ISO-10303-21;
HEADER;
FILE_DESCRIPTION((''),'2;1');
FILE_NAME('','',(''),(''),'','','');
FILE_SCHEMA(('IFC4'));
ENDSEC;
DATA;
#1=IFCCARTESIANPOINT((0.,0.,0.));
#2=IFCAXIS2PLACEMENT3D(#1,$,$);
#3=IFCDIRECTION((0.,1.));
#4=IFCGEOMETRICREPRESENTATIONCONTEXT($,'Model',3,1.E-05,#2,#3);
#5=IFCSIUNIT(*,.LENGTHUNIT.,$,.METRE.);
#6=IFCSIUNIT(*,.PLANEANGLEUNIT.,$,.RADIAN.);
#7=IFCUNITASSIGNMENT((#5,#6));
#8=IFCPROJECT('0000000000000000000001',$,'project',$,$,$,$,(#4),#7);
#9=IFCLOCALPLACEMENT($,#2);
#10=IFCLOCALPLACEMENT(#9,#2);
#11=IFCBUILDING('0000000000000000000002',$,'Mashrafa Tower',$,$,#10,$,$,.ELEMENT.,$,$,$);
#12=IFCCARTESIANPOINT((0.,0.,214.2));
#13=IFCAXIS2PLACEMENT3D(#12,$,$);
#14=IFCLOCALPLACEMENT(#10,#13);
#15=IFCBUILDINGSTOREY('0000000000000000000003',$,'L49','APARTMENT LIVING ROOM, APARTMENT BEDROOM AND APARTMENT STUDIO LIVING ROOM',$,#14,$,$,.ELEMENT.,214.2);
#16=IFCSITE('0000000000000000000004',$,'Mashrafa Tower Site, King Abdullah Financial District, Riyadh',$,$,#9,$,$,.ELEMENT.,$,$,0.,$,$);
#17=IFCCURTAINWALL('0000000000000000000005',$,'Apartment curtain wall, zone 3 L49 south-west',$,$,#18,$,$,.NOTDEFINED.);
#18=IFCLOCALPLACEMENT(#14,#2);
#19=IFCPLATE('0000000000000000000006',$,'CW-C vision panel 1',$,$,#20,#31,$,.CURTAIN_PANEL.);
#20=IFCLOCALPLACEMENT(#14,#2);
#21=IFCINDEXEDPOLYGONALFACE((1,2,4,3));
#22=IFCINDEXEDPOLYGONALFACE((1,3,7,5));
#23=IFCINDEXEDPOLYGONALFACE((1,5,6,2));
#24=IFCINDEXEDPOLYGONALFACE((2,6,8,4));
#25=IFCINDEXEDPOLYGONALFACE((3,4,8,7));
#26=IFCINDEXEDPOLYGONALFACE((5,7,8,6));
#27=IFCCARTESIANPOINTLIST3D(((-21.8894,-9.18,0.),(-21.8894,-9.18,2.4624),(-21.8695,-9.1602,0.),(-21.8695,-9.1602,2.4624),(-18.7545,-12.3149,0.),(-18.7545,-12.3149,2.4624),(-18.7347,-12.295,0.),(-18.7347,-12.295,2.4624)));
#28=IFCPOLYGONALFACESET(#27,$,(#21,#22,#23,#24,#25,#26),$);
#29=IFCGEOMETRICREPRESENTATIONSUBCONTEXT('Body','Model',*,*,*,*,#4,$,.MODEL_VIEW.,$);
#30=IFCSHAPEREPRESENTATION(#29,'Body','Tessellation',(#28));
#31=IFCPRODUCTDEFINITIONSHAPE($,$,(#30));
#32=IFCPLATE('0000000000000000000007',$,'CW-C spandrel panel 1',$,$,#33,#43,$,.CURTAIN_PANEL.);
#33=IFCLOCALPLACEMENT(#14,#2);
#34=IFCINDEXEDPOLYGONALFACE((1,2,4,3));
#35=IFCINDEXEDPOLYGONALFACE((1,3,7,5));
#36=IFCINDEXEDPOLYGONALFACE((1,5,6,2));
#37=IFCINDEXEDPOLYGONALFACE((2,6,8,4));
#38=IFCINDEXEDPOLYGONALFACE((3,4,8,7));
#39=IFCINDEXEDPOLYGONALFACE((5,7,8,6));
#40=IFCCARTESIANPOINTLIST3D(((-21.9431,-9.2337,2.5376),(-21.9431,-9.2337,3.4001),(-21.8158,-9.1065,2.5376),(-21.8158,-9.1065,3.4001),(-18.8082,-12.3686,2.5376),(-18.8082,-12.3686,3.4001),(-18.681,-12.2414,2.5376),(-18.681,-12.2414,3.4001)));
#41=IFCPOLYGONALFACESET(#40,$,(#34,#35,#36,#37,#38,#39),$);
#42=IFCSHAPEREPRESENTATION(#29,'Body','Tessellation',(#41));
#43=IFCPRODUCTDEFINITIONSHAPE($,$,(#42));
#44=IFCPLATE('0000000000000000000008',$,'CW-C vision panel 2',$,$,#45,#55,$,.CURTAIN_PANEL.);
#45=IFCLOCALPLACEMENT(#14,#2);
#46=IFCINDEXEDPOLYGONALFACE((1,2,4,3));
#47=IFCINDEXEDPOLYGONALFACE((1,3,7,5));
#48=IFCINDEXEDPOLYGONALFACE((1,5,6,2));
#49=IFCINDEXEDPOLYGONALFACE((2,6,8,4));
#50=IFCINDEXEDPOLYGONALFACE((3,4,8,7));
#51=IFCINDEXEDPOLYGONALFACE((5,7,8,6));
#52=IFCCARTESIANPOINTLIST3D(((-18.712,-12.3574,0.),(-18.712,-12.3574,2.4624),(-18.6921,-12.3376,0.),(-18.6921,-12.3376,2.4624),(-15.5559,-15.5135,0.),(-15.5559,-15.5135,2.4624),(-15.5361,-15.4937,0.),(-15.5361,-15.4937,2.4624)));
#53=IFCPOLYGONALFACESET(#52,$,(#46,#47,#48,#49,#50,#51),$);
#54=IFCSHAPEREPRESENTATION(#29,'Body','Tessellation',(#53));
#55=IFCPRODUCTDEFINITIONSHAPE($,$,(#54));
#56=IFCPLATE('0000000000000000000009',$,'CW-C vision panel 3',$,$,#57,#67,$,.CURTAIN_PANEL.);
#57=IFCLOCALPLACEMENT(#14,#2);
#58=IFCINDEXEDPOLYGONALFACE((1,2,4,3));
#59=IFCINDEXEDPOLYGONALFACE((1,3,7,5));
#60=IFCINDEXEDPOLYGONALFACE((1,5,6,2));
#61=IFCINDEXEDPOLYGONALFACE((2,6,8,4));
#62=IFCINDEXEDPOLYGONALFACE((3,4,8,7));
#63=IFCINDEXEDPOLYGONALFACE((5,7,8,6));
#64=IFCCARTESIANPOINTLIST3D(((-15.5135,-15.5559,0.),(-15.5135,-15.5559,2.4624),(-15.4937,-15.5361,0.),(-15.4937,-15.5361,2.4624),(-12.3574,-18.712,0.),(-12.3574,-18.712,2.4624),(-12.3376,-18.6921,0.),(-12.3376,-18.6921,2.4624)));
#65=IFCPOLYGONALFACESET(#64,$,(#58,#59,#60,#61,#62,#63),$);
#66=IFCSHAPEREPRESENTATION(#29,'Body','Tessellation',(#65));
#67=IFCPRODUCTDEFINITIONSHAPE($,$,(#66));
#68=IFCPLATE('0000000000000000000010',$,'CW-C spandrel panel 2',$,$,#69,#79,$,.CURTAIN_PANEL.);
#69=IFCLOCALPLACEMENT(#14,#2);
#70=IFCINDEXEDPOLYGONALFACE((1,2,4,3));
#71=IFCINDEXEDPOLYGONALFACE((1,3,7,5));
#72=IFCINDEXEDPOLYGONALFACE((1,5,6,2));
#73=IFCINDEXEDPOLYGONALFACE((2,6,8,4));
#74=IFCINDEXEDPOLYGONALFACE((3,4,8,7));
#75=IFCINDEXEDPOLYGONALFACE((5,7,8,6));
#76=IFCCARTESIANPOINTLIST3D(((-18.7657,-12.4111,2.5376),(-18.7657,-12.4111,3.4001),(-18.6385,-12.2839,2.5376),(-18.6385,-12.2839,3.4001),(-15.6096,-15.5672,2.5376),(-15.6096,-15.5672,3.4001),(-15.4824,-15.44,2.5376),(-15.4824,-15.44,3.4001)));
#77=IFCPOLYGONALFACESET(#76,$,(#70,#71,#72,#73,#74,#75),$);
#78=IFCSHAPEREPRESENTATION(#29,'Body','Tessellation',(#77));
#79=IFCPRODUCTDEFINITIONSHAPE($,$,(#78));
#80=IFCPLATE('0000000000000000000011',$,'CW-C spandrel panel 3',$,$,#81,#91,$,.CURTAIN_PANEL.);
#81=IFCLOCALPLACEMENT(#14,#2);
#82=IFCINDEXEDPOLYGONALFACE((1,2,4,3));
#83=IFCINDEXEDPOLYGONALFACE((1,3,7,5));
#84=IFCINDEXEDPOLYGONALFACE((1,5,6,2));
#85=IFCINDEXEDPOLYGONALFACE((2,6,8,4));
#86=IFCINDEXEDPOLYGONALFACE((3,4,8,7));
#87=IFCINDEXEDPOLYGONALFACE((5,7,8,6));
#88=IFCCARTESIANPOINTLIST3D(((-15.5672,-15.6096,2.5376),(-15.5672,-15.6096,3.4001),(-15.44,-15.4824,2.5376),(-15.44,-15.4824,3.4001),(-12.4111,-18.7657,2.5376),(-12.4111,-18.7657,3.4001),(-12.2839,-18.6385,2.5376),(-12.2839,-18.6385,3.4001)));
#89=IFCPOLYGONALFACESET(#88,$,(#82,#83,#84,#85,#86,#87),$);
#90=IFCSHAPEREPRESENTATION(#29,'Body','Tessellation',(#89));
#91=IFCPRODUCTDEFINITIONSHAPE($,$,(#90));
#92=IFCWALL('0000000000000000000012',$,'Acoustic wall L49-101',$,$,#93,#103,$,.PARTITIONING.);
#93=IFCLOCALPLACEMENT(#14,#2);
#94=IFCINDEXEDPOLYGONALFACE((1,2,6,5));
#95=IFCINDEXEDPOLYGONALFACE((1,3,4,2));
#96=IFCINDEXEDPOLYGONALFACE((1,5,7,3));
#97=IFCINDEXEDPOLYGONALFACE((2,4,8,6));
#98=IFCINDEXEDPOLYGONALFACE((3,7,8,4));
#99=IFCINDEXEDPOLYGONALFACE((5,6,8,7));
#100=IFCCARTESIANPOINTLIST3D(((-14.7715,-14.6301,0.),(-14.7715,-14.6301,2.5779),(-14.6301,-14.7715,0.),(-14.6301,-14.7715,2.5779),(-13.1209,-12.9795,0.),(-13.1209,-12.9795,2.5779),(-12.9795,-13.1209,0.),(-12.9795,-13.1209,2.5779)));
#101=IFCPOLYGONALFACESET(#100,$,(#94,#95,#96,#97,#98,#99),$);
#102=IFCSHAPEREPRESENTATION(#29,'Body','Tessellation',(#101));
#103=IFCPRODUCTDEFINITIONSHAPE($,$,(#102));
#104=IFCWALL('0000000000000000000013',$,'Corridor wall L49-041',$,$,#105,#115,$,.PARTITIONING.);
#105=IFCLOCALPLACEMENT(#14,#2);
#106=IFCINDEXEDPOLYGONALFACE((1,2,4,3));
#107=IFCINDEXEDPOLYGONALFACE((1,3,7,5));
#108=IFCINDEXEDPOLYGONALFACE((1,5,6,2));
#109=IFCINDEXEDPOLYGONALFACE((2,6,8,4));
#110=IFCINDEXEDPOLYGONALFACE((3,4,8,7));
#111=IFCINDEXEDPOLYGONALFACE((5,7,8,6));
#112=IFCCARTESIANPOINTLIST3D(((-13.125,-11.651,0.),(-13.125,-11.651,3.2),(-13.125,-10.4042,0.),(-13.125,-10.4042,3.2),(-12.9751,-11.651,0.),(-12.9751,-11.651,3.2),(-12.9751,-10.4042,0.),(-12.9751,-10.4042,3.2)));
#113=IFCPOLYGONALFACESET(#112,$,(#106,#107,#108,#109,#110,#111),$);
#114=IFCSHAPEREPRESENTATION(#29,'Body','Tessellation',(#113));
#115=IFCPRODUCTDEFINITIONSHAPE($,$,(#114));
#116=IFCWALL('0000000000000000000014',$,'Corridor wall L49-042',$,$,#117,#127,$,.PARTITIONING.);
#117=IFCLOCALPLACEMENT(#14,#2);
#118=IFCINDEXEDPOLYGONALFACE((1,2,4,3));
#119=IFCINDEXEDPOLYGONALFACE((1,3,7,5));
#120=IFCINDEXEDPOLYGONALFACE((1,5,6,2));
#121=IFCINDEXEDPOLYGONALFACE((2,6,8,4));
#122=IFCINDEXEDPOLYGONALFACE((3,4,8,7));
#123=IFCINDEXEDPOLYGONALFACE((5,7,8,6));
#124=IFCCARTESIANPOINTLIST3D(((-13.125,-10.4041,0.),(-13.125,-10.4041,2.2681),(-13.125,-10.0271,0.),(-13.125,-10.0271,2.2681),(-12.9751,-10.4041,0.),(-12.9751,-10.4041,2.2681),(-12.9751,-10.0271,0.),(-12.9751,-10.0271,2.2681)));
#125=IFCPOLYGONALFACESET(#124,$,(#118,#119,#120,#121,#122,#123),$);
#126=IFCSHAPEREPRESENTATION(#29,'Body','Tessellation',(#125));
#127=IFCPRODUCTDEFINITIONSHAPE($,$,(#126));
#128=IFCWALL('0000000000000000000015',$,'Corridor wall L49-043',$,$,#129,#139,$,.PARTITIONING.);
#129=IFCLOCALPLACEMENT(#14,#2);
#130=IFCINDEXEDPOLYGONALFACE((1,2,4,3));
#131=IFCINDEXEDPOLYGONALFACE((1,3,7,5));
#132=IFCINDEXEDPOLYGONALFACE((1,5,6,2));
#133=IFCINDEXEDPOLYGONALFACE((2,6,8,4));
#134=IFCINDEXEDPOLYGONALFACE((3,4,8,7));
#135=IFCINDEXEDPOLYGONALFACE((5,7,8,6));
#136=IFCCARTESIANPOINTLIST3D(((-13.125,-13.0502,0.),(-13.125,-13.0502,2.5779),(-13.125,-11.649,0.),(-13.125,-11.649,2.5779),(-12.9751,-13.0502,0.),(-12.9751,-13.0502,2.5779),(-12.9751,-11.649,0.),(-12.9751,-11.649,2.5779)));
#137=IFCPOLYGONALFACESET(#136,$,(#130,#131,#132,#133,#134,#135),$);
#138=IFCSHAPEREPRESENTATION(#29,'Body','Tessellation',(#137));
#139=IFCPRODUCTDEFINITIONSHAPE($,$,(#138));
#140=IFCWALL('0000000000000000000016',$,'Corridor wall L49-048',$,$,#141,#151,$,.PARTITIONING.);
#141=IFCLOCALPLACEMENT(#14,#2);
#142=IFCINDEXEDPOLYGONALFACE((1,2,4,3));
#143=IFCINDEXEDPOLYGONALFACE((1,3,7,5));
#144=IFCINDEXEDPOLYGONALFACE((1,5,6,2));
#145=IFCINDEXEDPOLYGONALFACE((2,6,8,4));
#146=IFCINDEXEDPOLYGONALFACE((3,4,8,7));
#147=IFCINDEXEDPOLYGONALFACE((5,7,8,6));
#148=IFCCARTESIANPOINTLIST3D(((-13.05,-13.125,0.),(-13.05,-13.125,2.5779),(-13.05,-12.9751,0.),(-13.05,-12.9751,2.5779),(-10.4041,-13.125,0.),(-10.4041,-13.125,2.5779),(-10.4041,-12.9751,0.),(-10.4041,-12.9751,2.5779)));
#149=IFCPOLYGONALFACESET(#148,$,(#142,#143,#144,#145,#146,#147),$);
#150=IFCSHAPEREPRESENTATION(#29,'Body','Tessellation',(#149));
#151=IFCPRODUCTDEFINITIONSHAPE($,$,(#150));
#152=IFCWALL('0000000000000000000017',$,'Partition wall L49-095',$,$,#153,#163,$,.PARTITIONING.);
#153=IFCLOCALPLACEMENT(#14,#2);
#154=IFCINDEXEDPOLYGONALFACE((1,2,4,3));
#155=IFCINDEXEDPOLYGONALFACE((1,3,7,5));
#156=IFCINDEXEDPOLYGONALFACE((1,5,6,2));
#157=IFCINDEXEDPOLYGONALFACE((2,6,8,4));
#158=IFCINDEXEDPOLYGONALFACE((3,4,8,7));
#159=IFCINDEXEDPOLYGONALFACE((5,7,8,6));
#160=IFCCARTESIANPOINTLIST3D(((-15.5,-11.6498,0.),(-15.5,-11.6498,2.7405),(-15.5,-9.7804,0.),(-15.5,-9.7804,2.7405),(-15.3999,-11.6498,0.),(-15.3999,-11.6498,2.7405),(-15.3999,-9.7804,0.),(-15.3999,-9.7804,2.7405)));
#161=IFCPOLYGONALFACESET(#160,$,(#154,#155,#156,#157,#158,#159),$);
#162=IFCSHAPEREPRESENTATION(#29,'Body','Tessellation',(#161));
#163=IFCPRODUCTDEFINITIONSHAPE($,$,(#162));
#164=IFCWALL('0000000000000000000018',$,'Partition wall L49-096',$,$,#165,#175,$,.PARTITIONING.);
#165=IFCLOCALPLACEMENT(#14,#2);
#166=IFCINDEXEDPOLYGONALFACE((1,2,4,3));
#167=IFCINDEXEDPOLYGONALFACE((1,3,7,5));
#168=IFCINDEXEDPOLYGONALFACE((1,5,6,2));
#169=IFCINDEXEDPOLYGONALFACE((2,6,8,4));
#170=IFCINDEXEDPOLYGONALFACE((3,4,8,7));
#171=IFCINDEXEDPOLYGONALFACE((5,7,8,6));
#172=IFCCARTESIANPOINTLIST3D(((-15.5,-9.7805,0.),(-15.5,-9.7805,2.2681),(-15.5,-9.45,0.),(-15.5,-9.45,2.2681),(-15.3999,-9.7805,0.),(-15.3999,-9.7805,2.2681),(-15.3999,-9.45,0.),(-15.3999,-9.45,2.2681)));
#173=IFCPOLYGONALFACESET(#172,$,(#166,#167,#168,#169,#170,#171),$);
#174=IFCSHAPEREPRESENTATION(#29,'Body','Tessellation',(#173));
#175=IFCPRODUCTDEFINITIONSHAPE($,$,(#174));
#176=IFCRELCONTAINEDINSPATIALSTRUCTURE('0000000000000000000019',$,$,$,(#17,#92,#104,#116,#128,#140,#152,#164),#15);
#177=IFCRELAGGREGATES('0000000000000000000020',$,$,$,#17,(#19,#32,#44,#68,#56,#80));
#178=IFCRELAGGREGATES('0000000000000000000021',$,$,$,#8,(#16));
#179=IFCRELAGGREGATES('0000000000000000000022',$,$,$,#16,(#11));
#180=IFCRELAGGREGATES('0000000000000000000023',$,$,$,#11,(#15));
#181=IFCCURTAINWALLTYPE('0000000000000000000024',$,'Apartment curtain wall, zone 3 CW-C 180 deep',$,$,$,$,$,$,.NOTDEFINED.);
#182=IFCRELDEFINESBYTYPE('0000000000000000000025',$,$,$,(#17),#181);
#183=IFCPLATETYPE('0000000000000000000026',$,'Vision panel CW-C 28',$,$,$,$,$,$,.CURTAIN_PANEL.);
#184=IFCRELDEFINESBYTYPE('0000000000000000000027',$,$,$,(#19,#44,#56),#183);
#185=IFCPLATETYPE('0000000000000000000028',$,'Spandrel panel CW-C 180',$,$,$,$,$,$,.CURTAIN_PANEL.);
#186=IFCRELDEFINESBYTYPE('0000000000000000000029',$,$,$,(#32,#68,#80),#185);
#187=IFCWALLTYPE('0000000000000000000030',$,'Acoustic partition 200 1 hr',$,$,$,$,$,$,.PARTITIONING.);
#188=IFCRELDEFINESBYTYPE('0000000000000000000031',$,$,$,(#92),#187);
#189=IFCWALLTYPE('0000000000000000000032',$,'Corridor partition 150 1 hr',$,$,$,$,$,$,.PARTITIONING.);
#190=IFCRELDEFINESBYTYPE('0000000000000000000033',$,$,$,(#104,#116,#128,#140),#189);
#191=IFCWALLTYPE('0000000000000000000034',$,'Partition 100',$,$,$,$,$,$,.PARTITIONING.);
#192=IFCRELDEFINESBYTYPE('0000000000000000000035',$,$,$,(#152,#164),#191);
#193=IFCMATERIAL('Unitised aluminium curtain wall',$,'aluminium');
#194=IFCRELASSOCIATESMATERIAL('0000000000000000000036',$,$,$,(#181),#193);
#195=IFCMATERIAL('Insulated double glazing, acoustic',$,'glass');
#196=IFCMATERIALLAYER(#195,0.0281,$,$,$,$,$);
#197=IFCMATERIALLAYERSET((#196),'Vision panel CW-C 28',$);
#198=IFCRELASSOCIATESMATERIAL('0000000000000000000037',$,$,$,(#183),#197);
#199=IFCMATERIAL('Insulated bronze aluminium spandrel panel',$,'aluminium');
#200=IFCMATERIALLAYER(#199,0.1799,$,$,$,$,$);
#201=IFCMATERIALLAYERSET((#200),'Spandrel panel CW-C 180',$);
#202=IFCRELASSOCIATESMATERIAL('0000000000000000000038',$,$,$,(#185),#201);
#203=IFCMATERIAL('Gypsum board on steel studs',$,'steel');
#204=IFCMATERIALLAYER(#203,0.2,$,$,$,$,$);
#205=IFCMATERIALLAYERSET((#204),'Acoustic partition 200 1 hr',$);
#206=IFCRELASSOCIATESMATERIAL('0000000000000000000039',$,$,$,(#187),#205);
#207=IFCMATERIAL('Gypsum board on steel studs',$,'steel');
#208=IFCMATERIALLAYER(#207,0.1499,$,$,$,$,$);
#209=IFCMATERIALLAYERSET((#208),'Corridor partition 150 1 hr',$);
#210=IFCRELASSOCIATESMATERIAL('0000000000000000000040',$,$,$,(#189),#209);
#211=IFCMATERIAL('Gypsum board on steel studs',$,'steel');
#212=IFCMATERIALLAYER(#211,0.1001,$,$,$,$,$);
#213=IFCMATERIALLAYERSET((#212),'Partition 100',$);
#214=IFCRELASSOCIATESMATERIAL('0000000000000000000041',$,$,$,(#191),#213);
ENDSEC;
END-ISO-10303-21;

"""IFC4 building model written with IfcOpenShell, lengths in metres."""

from ifc_helpers import new_model, si_unit, direction, frame, frame_2d, origin, origin_2d, place, context, subcontext, project, spatial, rectangle, extrude, source, transform, mapped, material, layer, layer_set, type_object, type_shapes, element, aggregate, save


model = new_model("IFC4")

# Units and contexts
model_context = context("Model", 3, precision=1e-05, world=origin(), true_north=direction((0.0, 1.0)))
body_context = subcontext(model_context, "Body", "Model", "MODEL_VIEW")
ifc_project = project(units=[si_unit("LENGTHUNIT", "METRE"), si_unit("PLANEANGLEUNIT", "RADIAN")], contexts=[model_context])

# Site, building, storey
site_placement = place(None, origin())
site = spatial("IfcSite", under=ifc_project, at=site_placement, Name="Mashrafa Tower Site, King Abdullah Financial District, Riyadh", CompositionType="ELEMENT", RefElevation=0.0)
building_placement = place(site_placement, origin())
building = spatial("IfcBuilding", under=site, at=building_placement, Name="Mashrafa Tower", CompositionType="ELEMENT")
storey_placement = place(building_placement, frame((0.0, 0.0, 214.2)))
storey = spatial("IfcBuildingStorey", under=building, at=storey_placement, Name="L49", Description="APARTMENT LIVING ROOM, APARTMENT BEDROOM AND APARTMENT STUDIO LIVING ROOM", CompositionType="ELEMENT", Elevation=214.2)

# Curtain wall, plates
ifc_material_1 = material(Name="Unitised aluminium curtain wall", Category="aluminium")
curtain_wall_type = type_object("IfcCurtainWallType", Name="Apartment curtain wall, zone 3 CW-C 180 deep", PredefinedType="NOTDEFINED", material=ifc_material_1)
curtain_wall_placement = place(storey_placement, origin())
curtain_wall = element("IfcCurtainWall", 1, at=curtain_wall_placement, inside=storey, type_object=curtain_wall_type, Name="Apartment curtain wall, zone 3 L49 south-west", PredefinedType="NOTDEFINED")
ifc_material_2 = material(Name="Insulated double glazing, acoustic", Category="glass")
ifc_layer_1 = layer(ifc_material_2, 0.0281)
ifc_layer_set_1 = layer_set([ifc_layer_1], Name="Vision panel CW-C 28")
plate_type_1 = type_object("IfcPlateType", Name="Vision panel CW-C 28", PredefinedType="CURTAIN_PANEL", material=ifc_layer_set_1)
shared_shape_1 = source(origin(), body_context, "Body", "SweptSolid", [
    extrude(rectangle(XDim=4.4333, YDim=0.0281, at=origin_2d()), origin(), (0.0, 0.0, 1.0), 2.4624),
])
plate_1_placement = place(storey_placement, frame((-20.312, -10.7375, 0.0), z_axis=(0.0, 0.0, 1.0), x_axis=(0.707107, -0.707107, 0.0)))
plate_1 = element("IfcPlate", 2, at=plate_1_placement, type_object=plate_type_1, Name="CW-C vision panel 1", PredefinedType="CURTAIN_PANEL", context=body_context, shape_type="MappedRepresentation", body=[
    mapped(shared_shape_1, transform((0.0, 0.0, 0.0))),
])
ifc_material_3 = material(Name="Insulated bronze aluminium spandrel panel", Category="aluminium")
ifc_layer_2 = layer(ifc_material_3, 0.1799)
ifc_layer_set_2 = layer_set([ifc_layer_2], Name="Spandrel panel CW-C 180")
plate_type_2 = type_object("IfcPlateType", Name="Spandrel panel CW-C 180", PredefinedType="CURTAIN_PANEL", material=ifc_layer_set_2)
shared_shape_2 = source(origin(), body_context, "Body", "SweptSolid", [
    extrude(rectangle(XDim=4.4333, YDim=0.1799, at=origin_2d()), origin(), (0.0, 0.0, 1.0), 0.8625),
])
plate_2_placement = place(storey_placement, frame((-20.312, -10.7375, 2.5376), z_axis=(0.0, 0.0, 1.0), x_axis=(0.707107, -0.707107, 0.0)))
plate_2 = element("IfcPlate", 3, at=plate_2_placement, type_object=plate_type_2, Name="CW-C spandrel panel 1", PredefinedType="CURTAIN_PANEL", context=body_context, shape_type="MappedRepresentation", body=[
    mapped(shared_shape_2, transform((0.0, 0.0, 0.0))),
])
shared_shape_3 = source(origin(), body_context, "Body", "SweptSolid", [
    extrude(rectangle(XDim=4.4634, YDim=0.0281, at=origin_2d()), origin(), (0.0, 0.0, 1.0), 2.4624),
])
type_shapes(plate_type_1, [shared_shape_1, shared_shape_3])
plate_3_placement = place(storey_placement, frame((-17.124, -13.9255, 0.0), z_axis=(0.0, 0.0, 1.0), x_axis=(0.707107, -0.707107, 0.0)))
plate_3 = element("IfcPlate", 4, at=plate_3_placement, type_object=plate_type_1, Name="CW-C vision panel 2", PredefinedType="CURTAIN_PANEL", context=body_context, shape_type="MappedRepresentation", body=[
    mapped(shared_shape_3, transform((0.0, 0.0, 0.0))),
])
plate_4_placement = place(storey_placement, frame((-13.9255, -17.124, 0.0), z_axis=(0.0, 0.0, 1.0), x_axis=(0.707107, -0.707107, 0.0)))
plate_4 = element("IfcPlate", 5, at=plate_4_placement, type_object=plate_type_1, Name="CW-C vision panel 3", PredefinedType="CURTAIN_PANEL", context=body_context, shape_type="MappedRepresentation", body=[
    mapped(shared_shape_3, transform((0.0, 0.0, 0.0))),
])
shared_shape_4 = source(origin(), body_context, "Body", "SweptSolid", [
    extrude(rectangle(XDim=4.4634, YDim=0.1799, at=origin_2d()), origin(), (0.0, 0.0, 1.0), 0.8625),
])
type_shapes(plate_type_2, [shared_shape_2, shared_shape_4])
plate_5_placement = place(storey_placement, frame((-17.124, -13.9255, 2.5376), z_axis=(0.0, 0.0, 1.0), x_axis=(0.707107, -0.707107, 0.0)))
plate_5 = element("IfcPlate", 6, at=plate_5_placement, type_object=plate_type_2, Name="CW-C spandrel panel 2", PredefinedType="CURTAIN_PANEL", context=body_context, shape_type="MappedRepresentation", body=[
    mapped(shared_shape_4, transform((0.0, 0.0, 0.0))),
])
plate_6_placement = place(storey_placement, frame((-13.9255, -17.124, 2.5376), z_axis=(0.0, 0.0, 1.0), x_axis=(0.707107, -0.707107, 0.0)))
plate_6 = element("IfcPlate", 7, at=plate_6_placement, type_object=plate_type_2, Name="CW-C spandrel panel 3", PredefinedType="CURTAIN_PANEL", context=body_context, shape_type="MappedRepresentation", body=[
    mapped(shared_shape_4, transform((0.0, 0.0, 0.0))),
])
aggregate(curtain_wall, [plate_1, plate_2, plate_3, plate_5, plate_4, plate_6])

# Walls
ifc_material_4 = material(Name="Gypsum board on steel studs", Category="steel")
ifc_layer_3 = layer(ifc_material_4, 0.2)
ifc_layer_set_3 = layer_set([ifc_layer_3], Name="Acoustic partition 200 1 hr")
wall_type_1 = type_object("IfcWallType", Name="Acoustic partition 200 1 hr", PredefinedType="PARTITIONING", material=ifc_layer_set_3)
wall_1_placement = place(storey_placement, frame((-14.7007, -14.7007, 0.0), z_axis=(0.0, 0.0, 1.0), x_axis=(0.707107, 0.707107, 0.0)))
element("IfcWall", 8, at=wall_1_placement, inside=storey, type_object=wall_type_1, Name="Acoustic wall L49-101", PredefinedType="PARTITIONING", context=body_context, shape_type="SweptSolid", body=[
    extrude(rectangle(XDim=2.3342, YDim=0.2, at=frame_2d((1.167, 0.0))), origin(), (0.0, 0.0, 1.0), 2.5779),
])
ifc_material_5 = material(Name="Gypsum board on steel studs", Category="steel")
ifc_layer_4 = layer(ifc_material_5, 0.1499)
ifc_layer_set_4 = layer_set([ifc_layer_4], Name="Corridor partition 150 1 hr")
wall_type_2 = type_object("IfcWallType", Name="Corridor partition 150 1 hr", PredefinedType="PARTITIONING", material=ifc_layer_set_4)
wall_2_placement = place(storey_placement, frame((-13.05, -10.4041, 0.0), z_axis=(0.0, 0.0, 1.0), x_axis=(0.0, -1.0, 0.0)))
element("IfcWall", 9, at=wall_2_placement, inside=storey, type_object=wall_type_2, Name="Corridor wall L49-041", PredefinedType="PARTITIONING", context=body_context, shape_type="SweptSolid", body=[
    extrude(rectangle(XDim=1.2468, YDim=0.1499, at=frame_2d((0.6235, 0.0))), origin(), (0.0, 0.0, 1.0), 3.2),
])
wall_3_placement = place(storey_placement, frame((-13.05, -10.0271, 0.0), z_axis=(0.0, 0.0, 1.0), x_axis=(0.0, -1.0, 0.0)))
element("IfcWall", 10, at=wall_3_placement, inside=storey, type_object=wall_type_2, Name="Corridor wall L49-042", PredefinedType="PARTITIONING", context=body_context, shape_type="SweptSolid", body=[
    extrude(rectangle(XDim=0.377, YDim=0.1499, at=frame_2d((0.1885, 0.0))), origin(), (0.0, 0.0, 1.0), 2.2681),
])
wall_4_placement = place(storey_placement, frame((-13.05, -11.6489, 0.0), z_axis=(0.0, 0.0, 1.0), x_axis=(0.0, -1.0, 0.0)))
element("IfcWall", 11, at=wall_4_placement, inside=storey, type_object=wall_type_2, Name="Corridor wall L49-043", PredefinedType="PARTITIONING", context=body_context, shape_type="SweptSolid", body=[
    extrude(rectangle(XDim=1.4011, YDim=0.1499, at=frame_2d((0.7007, 0.0))), origin(), (0.0, 0.0, 1.0), 2.5779),
])
wall_5_placement = place(storey_placement, frame((-13.05, -13.05, 0.0), z_axis=(0.0, 0.0, 1.0), x_axis=(1.0, 0.0, 0.0)))
element("IfcWall", 12, at=wall_5_placement, inside=storey, type_object=wall_type_2, Name="Corridor wall L49-048", PredefinedType="PARTITIONING", context=body_context, shape_type="SweptSolid", body=[
    extrude(rectangle(XDim=2.646, YDim=0.1499, at=frame_2d((1.323, 0.0))), origin(), (0.0, 0.0, 1.0), 2.5779),
])
ifc_material_6 = material(Name="Gypsum board on steel studs", Category="steel")
ifc_layer_5 = layer(ifc_material_6, 0.1001)
ifc_layer_set_5 = layer_set([ifc_layer_5], Name="Partition 100")
wall_type_3 = type_object("IfcWallType", Name="Partition 100", PredefinedType="PARTITIONING", material=ifc_layer_set_5)
wall_6_placement = place(storey_placement, frame((-15.45, -9.7805, 0.0), z_axis=(0.0, 0.0, 1.0), x_axis=(0.0, -1.0, 0.0)))
element("IfcWall", 13, at=wall_6_placement, inside=storey, type_object=wall_type_3, Name="Partition wall L49-095", PredefinedType="PARTITIONING", context=body_context, shape_type="SweptSolid", body=[
    extrude(rectangle(XDim=1.8694, YDim=0.1001, at=frame_2d((0.9346, 0.0))), origin(), (0.0, 0.0, 1.0), 2.7405),
])
wall_7_placement = place(storey_placement, frame((-15.45, -9.45, 0.0), z_axis=(0.0, 0.0, 1.0), x_axis=(0.0, -1.0, 0.0)))
element("IfcWall", 14, at=wall_7_placement, inside=storey, type_object=wall_type_3, Name="Partition wall L49-096", PredefinedType="PARTITIONING", context=body_context, shape_type="SweptSolid", body=[
    extrude(rectangle(XDim=0.3306, YDim=0.1001, at=frame_2d((0.1653, 0.0))), origin(), (0.0, 0.0, 1.0), 2.2681),
])

save(model, "model.ifc")
